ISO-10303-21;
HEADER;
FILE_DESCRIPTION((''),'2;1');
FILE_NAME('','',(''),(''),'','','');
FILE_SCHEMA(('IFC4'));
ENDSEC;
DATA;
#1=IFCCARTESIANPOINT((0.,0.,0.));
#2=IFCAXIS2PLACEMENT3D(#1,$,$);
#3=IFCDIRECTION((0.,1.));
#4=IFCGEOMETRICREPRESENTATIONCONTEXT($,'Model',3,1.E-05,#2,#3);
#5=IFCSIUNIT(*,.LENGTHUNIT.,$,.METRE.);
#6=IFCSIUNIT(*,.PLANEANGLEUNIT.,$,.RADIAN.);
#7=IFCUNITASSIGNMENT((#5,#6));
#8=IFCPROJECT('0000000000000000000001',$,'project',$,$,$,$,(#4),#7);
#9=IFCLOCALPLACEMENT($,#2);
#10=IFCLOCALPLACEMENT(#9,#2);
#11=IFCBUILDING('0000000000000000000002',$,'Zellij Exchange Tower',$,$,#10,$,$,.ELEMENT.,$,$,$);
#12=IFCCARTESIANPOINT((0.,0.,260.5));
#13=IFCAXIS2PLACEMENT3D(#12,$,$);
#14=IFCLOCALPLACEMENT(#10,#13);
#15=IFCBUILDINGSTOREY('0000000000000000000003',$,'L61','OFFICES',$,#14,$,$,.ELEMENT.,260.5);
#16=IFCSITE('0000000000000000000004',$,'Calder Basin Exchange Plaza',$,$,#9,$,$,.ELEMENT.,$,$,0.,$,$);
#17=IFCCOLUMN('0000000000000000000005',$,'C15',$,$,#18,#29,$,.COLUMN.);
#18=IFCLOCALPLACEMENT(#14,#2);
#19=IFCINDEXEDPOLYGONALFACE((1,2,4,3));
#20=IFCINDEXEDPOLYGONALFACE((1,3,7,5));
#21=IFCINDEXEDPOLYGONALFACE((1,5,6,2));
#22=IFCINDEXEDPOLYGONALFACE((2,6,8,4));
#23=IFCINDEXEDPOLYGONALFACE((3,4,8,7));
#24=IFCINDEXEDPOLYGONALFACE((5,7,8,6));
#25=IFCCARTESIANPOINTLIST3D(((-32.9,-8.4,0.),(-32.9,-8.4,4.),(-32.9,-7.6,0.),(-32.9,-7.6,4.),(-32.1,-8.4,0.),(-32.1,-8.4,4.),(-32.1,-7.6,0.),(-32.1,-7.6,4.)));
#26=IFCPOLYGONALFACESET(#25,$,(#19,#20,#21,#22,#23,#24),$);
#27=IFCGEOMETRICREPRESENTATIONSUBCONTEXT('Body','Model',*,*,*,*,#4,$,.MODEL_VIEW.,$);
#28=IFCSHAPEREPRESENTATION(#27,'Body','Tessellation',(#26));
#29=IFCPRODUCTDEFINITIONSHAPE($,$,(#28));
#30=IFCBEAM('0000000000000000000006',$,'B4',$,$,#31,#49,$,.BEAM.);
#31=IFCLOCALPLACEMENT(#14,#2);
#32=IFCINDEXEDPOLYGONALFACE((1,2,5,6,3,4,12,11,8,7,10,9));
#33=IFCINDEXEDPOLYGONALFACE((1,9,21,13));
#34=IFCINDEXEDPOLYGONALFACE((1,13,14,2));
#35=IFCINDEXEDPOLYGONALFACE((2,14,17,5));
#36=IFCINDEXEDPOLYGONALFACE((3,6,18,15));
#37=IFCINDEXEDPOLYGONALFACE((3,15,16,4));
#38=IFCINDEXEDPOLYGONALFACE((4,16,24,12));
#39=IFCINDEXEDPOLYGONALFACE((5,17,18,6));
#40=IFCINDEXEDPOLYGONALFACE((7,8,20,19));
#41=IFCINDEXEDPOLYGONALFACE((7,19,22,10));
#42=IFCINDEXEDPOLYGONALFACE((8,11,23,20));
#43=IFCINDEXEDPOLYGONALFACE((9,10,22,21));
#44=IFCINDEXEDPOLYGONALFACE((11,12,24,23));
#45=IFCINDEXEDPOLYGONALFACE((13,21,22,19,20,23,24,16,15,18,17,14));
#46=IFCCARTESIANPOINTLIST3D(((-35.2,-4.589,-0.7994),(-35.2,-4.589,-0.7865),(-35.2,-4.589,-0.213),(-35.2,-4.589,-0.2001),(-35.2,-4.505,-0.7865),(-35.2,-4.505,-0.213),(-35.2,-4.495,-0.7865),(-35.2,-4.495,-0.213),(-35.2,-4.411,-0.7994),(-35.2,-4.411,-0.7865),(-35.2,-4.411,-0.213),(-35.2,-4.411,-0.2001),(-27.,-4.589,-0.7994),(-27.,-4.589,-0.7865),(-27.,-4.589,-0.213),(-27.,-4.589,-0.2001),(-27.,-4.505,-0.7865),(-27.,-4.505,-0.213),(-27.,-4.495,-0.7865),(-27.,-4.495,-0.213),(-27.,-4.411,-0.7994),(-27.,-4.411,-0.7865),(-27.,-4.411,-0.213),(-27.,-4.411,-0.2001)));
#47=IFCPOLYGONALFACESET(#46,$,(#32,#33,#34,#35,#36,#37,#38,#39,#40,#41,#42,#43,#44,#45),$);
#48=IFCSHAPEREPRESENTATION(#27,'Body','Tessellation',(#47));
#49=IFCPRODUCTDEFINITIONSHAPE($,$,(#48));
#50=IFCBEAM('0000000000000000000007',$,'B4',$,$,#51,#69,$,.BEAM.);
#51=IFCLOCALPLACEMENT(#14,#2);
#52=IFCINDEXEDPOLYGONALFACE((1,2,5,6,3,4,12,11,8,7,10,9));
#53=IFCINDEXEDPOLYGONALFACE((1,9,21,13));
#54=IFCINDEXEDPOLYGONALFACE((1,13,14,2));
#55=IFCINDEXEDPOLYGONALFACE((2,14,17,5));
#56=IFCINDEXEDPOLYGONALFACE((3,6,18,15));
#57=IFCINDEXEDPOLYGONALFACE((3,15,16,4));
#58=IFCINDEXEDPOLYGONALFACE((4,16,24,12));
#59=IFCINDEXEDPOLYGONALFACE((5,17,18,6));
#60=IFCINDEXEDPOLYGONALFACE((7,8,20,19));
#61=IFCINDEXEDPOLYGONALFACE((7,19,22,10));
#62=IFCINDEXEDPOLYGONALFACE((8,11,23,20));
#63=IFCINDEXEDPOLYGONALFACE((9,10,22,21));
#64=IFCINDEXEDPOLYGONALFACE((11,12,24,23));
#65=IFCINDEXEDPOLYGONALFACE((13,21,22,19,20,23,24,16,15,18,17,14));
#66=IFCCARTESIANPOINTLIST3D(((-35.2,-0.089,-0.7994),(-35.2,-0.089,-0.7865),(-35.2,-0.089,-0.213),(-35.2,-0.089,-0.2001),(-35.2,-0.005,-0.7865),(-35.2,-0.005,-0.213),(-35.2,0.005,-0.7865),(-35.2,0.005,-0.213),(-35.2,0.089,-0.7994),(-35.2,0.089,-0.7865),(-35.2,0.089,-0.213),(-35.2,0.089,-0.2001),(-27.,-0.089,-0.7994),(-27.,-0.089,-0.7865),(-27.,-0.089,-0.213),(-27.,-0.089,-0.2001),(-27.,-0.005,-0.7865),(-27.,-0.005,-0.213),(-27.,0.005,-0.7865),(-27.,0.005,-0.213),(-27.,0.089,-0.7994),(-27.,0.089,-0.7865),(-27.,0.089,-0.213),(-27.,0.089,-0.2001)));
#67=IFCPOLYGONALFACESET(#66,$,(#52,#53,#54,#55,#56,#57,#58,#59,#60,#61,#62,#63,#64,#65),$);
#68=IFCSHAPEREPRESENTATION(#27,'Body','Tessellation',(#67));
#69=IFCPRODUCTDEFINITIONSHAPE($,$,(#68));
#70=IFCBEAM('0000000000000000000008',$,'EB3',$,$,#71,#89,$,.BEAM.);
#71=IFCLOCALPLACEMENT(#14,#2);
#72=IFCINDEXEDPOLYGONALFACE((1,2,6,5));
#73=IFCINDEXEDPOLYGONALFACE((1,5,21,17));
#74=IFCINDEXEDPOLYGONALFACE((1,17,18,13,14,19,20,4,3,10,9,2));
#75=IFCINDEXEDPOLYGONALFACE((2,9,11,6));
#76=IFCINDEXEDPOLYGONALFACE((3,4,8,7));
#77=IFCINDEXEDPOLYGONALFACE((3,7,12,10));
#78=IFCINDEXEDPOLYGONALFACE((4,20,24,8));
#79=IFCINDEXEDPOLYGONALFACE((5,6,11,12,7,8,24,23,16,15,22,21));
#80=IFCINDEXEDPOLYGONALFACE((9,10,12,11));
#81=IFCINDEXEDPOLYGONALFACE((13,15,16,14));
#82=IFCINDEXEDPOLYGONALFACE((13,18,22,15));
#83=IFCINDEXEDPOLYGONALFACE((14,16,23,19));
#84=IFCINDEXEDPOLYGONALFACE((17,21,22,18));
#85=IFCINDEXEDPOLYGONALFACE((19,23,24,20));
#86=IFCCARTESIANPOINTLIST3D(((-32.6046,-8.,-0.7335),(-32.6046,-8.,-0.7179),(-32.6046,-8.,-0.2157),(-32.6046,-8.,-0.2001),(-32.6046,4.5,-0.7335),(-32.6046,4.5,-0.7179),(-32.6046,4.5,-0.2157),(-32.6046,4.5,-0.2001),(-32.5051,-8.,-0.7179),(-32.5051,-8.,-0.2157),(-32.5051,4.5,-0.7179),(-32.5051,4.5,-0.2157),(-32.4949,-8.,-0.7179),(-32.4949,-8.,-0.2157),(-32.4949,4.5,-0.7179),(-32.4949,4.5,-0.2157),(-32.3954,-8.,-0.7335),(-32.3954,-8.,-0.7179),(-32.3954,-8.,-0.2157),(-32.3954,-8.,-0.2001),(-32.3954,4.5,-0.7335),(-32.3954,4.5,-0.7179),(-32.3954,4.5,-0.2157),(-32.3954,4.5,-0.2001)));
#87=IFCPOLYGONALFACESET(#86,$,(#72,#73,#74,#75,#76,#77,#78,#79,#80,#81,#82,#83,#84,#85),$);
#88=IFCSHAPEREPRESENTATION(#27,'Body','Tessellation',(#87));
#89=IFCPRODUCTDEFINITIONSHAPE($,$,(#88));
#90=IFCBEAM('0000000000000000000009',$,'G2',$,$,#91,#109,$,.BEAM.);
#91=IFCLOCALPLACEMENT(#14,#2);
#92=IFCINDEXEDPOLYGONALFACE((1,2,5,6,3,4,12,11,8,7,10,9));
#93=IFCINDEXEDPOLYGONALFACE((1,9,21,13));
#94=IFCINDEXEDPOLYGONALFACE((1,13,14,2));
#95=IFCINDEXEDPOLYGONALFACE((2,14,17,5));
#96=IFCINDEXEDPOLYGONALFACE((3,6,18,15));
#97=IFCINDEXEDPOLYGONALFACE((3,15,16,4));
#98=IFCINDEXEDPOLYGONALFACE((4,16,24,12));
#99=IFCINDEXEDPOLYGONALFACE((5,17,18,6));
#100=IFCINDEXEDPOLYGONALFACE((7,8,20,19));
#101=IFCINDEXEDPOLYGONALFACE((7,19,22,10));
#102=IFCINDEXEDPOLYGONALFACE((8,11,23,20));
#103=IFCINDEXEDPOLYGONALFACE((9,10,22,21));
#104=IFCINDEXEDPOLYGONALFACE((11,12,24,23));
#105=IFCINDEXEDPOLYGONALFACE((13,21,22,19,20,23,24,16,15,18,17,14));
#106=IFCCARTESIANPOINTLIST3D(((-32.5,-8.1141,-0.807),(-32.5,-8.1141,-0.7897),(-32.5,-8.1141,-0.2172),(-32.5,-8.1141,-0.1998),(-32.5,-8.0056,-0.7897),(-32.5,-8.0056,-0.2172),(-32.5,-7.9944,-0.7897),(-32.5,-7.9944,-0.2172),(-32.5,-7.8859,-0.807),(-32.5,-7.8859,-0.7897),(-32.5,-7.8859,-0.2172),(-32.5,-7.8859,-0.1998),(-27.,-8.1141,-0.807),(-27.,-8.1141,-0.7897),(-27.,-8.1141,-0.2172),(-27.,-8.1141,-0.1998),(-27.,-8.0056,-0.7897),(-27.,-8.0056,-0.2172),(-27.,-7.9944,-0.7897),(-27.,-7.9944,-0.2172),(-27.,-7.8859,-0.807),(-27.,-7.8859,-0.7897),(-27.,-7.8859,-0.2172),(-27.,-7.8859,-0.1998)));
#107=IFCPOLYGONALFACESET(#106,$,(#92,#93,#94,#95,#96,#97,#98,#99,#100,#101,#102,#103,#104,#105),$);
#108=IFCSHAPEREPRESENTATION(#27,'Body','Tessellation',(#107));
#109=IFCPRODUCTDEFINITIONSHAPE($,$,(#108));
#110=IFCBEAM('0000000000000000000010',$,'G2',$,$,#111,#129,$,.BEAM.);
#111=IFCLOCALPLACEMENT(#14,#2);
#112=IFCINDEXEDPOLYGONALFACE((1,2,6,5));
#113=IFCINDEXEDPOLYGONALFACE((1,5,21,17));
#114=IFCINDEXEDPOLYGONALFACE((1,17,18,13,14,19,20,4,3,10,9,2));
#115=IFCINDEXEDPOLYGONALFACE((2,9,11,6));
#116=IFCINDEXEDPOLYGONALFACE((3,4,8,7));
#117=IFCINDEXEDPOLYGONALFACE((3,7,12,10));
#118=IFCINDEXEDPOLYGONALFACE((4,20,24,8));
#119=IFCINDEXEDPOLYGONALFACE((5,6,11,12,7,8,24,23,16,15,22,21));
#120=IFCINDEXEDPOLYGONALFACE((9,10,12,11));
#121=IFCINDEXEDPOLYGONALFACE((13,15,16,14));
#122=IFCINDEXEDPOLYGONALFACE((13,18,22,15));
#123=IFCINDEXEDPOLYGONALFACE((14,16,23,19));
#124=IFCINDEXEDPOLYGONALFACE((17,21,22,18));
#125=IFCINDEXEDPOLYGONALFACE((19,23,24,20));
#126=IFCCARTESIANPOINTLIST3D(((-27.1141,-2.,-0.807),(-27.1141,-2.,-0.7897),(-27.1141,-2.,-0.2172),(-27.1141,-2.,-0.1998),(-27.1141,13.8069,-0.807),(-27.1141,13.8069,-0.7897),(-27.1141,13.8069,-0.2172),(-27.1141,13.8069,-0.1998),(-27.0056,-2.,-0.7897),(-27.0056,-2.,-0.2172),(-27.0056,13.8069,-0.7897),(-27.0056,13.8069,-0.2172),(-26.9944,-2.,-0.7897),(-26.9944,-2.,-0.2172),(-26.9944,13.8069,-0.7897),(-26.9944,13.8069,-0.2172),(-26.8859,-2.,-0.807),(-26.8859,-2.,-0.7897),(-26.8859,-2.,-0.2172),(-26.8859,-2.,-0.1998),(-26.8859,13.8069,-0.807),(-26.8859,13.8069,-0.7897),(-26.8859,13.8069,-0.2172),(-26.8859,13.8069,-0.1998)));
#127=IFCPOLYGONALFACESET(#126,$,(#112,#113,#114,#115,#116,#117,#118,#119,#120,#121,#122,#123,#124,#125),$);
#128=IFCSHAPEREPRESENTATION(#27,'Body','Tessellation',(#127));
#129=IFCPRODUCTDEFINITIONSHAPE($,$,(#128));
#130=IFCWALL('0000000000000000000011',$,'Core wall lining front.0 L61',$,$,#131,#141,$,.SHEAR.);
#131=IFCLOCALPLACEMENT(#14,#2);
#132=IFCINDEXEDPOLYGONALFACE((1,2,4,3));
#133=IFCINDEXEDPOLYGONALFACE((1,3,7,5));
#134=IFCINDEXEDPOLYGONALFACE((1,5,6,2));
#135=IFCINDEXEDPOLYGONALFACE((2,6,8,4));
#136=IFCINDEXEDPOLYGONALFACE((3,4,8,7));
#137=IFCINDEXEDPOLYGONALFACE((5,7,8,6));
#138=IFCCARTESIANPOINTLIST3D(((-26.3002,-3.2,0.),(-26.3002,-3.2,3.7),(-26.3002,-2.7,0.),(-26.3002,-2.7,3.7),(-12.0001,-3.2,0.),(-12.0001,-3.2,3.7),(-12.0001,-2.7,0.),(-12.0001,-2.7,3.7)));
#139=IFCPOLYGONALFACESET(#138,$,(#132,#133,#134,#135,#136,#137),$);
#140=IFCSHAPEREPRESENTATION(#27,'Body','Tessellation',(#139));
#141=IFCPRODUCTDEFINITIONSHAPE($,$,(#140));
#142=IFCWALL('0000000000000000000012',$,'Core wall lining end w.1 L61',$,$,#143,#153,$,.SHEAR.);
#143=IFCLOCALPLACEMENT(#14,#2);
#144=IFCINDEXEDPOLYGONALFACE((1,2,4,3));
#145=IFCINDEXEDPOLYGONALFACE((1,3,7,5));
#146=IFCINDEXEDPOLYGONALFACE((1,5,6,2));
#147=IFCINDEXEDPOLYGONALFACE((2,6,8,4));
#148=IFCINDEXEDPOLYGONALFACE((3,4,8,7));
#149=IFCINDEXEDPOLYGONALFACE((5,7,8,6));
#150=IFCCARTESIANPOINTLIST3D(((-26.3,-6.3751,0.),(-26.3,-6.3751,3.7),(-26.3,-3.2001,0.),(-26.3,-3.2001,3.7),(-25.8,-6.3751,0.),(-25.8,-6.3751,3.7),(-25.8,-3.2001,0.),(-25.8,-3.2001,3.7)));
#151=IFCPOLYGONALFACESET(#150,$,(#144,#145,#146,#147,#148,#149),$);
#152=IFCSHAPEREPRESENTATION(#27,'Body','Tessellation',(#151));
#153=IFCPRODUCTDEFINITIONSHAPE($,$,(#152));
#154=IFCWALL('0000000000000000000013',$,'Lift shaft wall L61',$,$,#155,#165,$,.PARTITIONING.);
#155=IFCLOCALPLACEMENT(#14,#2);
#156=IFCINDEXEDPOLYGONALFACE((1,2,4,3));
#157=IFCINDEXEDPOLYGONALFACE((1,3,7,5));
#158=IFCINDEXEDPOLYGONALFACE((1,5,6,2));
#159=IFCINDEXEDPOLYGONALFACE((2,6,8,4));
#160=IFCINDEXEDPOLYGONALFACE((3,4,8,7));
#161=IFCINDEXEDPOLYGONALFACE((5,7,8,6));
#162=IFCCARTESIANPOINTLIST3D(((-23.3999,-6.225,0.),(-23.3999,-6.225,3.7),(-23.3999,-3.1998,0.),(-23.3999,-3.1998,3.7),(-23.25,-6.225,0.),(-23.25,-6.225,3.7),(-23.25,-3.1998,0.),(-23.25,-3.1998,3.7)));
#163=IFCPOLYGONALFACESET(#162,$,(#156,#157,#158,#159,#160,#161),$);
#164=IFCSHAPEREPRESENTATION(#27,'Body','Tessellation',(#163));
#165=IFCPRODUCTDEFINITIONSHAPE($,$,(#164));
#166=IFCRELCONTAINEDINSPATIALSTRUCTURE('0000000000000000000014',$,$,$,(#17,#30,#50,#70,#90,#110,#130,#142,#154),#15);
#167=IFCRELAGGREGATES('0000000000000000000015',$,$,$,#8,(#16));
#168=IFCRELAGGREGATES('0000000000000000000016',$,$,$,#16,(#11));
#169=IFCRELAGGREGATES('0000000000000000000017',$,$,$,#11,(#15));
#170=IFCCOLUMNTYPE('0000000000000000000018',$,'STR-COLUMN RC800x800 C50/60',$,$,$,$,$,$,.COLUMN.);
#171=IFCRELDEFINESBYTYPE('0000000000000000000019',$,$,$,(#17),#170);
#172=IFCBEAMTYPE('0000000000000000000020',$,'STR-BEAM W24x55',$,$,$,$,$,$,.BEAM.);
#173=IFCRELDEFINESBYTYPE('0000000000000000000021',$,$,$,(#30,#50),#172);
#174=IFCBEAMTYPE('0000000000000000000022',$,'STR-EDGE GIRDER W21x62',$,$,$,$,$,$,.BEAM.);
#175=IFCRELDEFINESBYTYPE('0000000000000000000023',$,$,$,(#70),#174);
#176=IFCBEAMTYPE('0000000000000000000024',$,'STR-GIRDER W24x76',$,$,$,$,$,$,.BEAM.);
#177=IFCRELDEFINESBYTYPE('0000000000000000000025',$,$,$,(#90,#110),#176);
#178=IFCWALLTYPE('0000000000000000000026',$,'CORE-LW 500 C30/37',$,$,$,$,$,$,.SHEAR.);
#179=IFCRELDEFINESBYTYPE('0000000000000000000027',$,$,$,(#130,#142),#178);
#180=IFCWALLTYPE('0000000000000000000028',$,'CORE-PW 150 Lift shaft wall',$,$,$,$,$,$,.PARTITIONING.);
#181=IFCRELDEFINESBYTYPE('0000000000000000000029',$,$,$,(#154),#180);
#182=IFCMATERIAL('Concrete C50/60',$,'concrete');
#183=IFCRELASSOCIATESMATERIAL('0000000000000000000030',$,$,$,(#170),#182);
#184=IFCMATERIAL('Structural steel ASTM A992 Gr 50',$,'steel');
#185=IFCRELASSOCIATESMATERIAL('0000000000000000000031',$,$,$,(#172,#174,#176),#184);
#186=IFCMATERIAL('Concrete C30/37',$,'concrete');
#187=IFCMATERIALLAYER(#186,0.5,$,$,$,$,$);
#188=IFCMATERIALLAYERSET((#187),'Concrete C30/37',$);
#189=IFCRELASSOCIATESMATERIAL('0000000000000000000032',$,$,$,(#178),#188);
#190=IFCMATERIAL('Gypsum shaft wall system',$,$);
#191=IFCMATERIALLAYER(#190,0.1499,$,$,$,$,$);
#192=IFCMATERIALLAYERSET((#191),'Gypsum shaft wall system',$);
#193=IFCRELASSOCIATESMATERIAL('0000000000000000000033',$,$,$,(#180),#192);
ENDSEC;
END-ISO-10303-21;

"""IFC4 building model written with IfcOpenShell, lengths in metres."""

from ifc_helpers import new_model, si_unit, direction, frame, frame_2d, origin, origin_2d, place, context, subcontext, project, spatial, rectangle, i_section, extrude, material, layer, layer_set, material_profile, profile_set, type_object, element, save


model = new_model("IFC4")

# Units and contexts
model_context = context("Model", 3, precision=1e-05, world=origin(), true_north=direction((0.0, 1.0)))
body_context = subcontext(model_context, "Body", "Model", "MODEL_VIEW")
ifc_project = project(units=[si_unit("LENGTHUNIT", "METRE"), si_unit("PLANEANGLEUNIT", "RADIAN")], contexts=[model_context])

# Site, building, storey
site_placement = place(None, origin())
site = spatial("IfcSite", under=ifc_project, at=site_placement, Name="Calder Basin Exchange Plaza", CompositionType="ELEMENT", RefElevation=0.0)
building_placement = place(site_placement, origin())
building = spatial("IfcBuilding", under=site, at=building_placement, Name="Zellij Exchange Tower", CompositionType="ELEMENT")
storey_placement = place(building_placement, frame((0.0, 0.0, 260.5)))
storey = spatial("IfcBuildingStorey", under=building, at=storey_placement, Name="L61", Description="OFFICES", CompositionType="ELEMENT", Elevation=260.5)

# Column
ifc_material_1 = material(Name="Concrete C50/60", Category="concrete")
ifc_material_profile_1 = material_profile(ifc_material_1, rectangle(XDim=0.8, YDim=0.8, at=origin_2d()), Name="STR-COLUMN RC800x800 C50/60")
ifc_profile_set_1 = profile_set([ifc_material_profile_1], Name="Concrete C50/60")
column_type = type_object("IfcColumnType", Name="STR-COLUMN RC800x800 C50/60", PredefinedType="COLUMN", material=ifc_profile_set_1)
column_placement = place(storey_placement, frame((-32.5, -8.0, 0.0), z_axis=(0.0, 0.0, 1.0), x_axis=(1.0, 0.0, 0.0)))
element("IfcColumn", 1, at=column_placement, inside=storey, type_object=column_type, Name="C15", PredefinedType="COLUMN", context=body_context, shape_type="SweptSolid", body=[
    extrude(rectangle(XDim=0.8, YDim=0.8, at=origin_2d()), origin(), (0.0, 0.0, 1.0), 4.0),
])

# Beams
ifc_material_2 = material(Name="Structural steel ASTM A992 Gr 50", Category="steel")
ifc_material_profile_2 = material_profile(ifc_material_2, i_section(OverallWidth=0.178, OverallDepth=0.5994, WebThickness=0.01, FlangeThickness=0.0129, at=origin_2d()), Name="W24x55")
ifc_profile_set_2 = profile_set([ifc_material_profile_2], Name="Structural steel ASTM A992 Gr 50")
beam_type_1 = type_object("IfcBeamType", Name="STR-BEAM W24x55", PredefinedType="BEAM", material=ifc_profile_set_2)
for number, where, z_axis, x_axis, name in (
    (2, (-35.2, -4.5, -0.4998), (1.0, 0.0, 0.0), (0.0, 1.0, 0.0), "B4"),
    (3, (-35.2, 0.0, -0.4998), (1.0, 0.0, 0.0), (0.0, 1.0, 0.0), "B4"),
):
    element("IfcBeam", number, at=place(storey_placement, frame(where, z_axis=z_axis, x_axis=x_axis)), inside=storey, type_object=beam_type_1, Name=name, PredefinedType="BEAM", context=body_context, shape_type="SweptSolid", body=[
        extrude(i_section(OverallWidth=0.178, OverallDepth=0.5994, WebThickness=0.01, FlangeThickness=0.0129, at=origin_2d()), origin(), (0.0, 0.0, 1.0), 8.2),
    ])
ifc_material_profile_3 = material_profile(ifc_material_2, i_section(OverallWidth=0.2092, OverallDepth=0.5334, WebThickness=0.0103, FlangeThickness=0.0156, at=origin_2d()), Name="W21x62")
ifc_profile_set_3 = profile_set([ifc_material_profile_3], Name="Structural steel ASTM A992 Gr 50")
beam_type_2 = type_object("IfcBeamType", Name="STR-EDGE GIRDER W21x62", PredefinedType="BEAM", material=ifc_profile_set_3)
beam_1_placement = place(storey_placement, frame((-32.5, -8.0, -0.4668), z_axis=(0.0, 1.0, 0.0), x_axis=(-1.0, 0.0, 0.0)))
element("IfcBeam", 4, at=beam_1_placement, inside=storey, type_object=beam_type_2, Name="EB3", PredefinedType="BEAM", context=body_context, shape_type="SweptSolid", body=[
    extrude(i_section(OverallWidth=0.2092, OverallDepth=0.5334, WebThickness=0.0103, FlangeThickness=0.0156, at=origin_2d()), origin(), (0.0, 0.0, 1.0), 12.5),
])
ifc_material_profile_4 = material_profile(ifc_material_2, i_section(OverallWidth=0.2283, OverallDepth=0.6072, WebThickness=0.0112, FlangeThickness=0.0173, at=origin_2d()), Name="W24x76")
ifc_profile_set_4 = profile_set([ifc_material_profile_4], Name="Structural steel ASTM A992 Gr 50")
beam_type_3 = type_object("IfcBeamType", Name="STR-GIRDER W24x76", PredefinedType="BEAM", material=ifc_profile_set_4)
beam_2_placement = place(storey_placement, frame((-32.5, -8.0, -0.5034), z_axis=(1.0, 0.0, 0.0), x_axis=(0.0, 1.0, 0.0)))
element("IfcBeam", 5, at=beam_2_placement, inside=storey, type_object=beam_type_3, Name="G2", PredefinedType="BEAM", context=body_context, shape_type="SweptSolid", body=[
    extrude(i_section(OverallWidth=0.2283, OverallDepth=0.6072, WebThickness=0.0112, FlangeThickness=0.0173, at=origin_2d()), origin(), (0.0, 0.0, 1.0), 5.5),
])
beam_3_placement = place(storey_placement, frame((-27.0, -2.0, -0.5034), z_axis=(0.0, 1.0, 0.0), x_axis=(-1.0, 0.0, 0.0)))
element("IfcBeam", 6, at=beam_3_placement, inside=storey, type_object=beam_type_3, Name="G2", PredefinedType="BEAM", context=body_context, shape_type="SweptSolid", body=[
    extrude(i_section(OverallWidth=0.2283, OverallDepth=0.6072, WebThickness=0.0112, FlangeThickness=0.0173, at=origin_2d()), origin(), (0.0, 0.0, 1.0), 15.8069),
])

# Walls
ifc_material_3 = material(Name="Concrete C30/37", Category="concrete")
ifc_layer_1 = layer(ifc_material_3, 0.5)
ifc_layer_set_1 = layer_set([ifc_layer_1], Name="Concrete C30/37")
wall_type_1 = type_object("IfcWallType", Name="CORE-LW 500 C30/37", PredefinedType="SHEAR", material=ifc_layer_set_1)
wall_1_placement = place(storey_placement, frame((-26.3, -2.95, 0.0), z_axis=(0.0, 0.0, 1.0), x_axis=(1.0, 0.0, 0.0)))
element("IfcWall", 7, at=wall_1_placement, inside=storey, type_object=wall_type_1, Name="Core wall lining front.0 L61", PredefinedType="SHEAR", context=body_context, shape_type="SweptSolid", body=[
    extrude(rectangle(XDim=14.3, YDim=0.5, at=frame_2d((7.1499, 0.0))), origin(), (0.0, 0.0, 1.0), 3.7),
])
wall_2_placement = place(storey_placement, frame((-26.05, -6.375, 0.0), z_axis=(0.0, 0.0, 1.0), x_axis=(0.0, 1.0, 0.0)))
element("IfcWall", 8, at=wall_2_placement, inside=storey, type_object=wall_type_1, Name="Core wall lining end w.1 L61", PredefinedType="SHEAR", context=body_context, shape_type="SweptSolid", body=[
    extrude(rectangle(XDim=3.175, YDim=0.5, at=frame_2d((1.5874, 0.0))), origin(), (0.0, 0.0, 1.0), 3.7),
])
ifc_material_4 = material(Name="Gypsum shaft wall system")
ifc_layer_2 = layer(ifc_material_4, 0.1499)
ifc_layer_set_2 = layer_set([ifc_layer_2], Name="Gypsum shaft wall system")
wall_type_2 = type_object("IfcWallType", Name="CORE-PW 150 Lift shaft wall", PredefinedType="PARTITIONING", material=ifc_layer_set_2)
wall_3_placement = place(storey_placement, frame((-23.325, -6.2251, 0.0), z_axis=(0.0, 0.0, 1.0), x_axis=(0.0, 1.0, 0.0)))
element("IfcWall", 9, at=wall_3_placement, inside=storey, type_object=wall_type_2, Name="Lift shaft wall L61", PredefinedType="PARTITIONING", context=body_context, shape_type="SweptSolid", body=[
    extrude(rectangle(XDim=3.0251, YDim=0.1499, at=frame_2d((1.5127, 0.0))), origin(), (0.0, 0.0, 1.0), 3.7),
])

save(model, "model.ifc")
